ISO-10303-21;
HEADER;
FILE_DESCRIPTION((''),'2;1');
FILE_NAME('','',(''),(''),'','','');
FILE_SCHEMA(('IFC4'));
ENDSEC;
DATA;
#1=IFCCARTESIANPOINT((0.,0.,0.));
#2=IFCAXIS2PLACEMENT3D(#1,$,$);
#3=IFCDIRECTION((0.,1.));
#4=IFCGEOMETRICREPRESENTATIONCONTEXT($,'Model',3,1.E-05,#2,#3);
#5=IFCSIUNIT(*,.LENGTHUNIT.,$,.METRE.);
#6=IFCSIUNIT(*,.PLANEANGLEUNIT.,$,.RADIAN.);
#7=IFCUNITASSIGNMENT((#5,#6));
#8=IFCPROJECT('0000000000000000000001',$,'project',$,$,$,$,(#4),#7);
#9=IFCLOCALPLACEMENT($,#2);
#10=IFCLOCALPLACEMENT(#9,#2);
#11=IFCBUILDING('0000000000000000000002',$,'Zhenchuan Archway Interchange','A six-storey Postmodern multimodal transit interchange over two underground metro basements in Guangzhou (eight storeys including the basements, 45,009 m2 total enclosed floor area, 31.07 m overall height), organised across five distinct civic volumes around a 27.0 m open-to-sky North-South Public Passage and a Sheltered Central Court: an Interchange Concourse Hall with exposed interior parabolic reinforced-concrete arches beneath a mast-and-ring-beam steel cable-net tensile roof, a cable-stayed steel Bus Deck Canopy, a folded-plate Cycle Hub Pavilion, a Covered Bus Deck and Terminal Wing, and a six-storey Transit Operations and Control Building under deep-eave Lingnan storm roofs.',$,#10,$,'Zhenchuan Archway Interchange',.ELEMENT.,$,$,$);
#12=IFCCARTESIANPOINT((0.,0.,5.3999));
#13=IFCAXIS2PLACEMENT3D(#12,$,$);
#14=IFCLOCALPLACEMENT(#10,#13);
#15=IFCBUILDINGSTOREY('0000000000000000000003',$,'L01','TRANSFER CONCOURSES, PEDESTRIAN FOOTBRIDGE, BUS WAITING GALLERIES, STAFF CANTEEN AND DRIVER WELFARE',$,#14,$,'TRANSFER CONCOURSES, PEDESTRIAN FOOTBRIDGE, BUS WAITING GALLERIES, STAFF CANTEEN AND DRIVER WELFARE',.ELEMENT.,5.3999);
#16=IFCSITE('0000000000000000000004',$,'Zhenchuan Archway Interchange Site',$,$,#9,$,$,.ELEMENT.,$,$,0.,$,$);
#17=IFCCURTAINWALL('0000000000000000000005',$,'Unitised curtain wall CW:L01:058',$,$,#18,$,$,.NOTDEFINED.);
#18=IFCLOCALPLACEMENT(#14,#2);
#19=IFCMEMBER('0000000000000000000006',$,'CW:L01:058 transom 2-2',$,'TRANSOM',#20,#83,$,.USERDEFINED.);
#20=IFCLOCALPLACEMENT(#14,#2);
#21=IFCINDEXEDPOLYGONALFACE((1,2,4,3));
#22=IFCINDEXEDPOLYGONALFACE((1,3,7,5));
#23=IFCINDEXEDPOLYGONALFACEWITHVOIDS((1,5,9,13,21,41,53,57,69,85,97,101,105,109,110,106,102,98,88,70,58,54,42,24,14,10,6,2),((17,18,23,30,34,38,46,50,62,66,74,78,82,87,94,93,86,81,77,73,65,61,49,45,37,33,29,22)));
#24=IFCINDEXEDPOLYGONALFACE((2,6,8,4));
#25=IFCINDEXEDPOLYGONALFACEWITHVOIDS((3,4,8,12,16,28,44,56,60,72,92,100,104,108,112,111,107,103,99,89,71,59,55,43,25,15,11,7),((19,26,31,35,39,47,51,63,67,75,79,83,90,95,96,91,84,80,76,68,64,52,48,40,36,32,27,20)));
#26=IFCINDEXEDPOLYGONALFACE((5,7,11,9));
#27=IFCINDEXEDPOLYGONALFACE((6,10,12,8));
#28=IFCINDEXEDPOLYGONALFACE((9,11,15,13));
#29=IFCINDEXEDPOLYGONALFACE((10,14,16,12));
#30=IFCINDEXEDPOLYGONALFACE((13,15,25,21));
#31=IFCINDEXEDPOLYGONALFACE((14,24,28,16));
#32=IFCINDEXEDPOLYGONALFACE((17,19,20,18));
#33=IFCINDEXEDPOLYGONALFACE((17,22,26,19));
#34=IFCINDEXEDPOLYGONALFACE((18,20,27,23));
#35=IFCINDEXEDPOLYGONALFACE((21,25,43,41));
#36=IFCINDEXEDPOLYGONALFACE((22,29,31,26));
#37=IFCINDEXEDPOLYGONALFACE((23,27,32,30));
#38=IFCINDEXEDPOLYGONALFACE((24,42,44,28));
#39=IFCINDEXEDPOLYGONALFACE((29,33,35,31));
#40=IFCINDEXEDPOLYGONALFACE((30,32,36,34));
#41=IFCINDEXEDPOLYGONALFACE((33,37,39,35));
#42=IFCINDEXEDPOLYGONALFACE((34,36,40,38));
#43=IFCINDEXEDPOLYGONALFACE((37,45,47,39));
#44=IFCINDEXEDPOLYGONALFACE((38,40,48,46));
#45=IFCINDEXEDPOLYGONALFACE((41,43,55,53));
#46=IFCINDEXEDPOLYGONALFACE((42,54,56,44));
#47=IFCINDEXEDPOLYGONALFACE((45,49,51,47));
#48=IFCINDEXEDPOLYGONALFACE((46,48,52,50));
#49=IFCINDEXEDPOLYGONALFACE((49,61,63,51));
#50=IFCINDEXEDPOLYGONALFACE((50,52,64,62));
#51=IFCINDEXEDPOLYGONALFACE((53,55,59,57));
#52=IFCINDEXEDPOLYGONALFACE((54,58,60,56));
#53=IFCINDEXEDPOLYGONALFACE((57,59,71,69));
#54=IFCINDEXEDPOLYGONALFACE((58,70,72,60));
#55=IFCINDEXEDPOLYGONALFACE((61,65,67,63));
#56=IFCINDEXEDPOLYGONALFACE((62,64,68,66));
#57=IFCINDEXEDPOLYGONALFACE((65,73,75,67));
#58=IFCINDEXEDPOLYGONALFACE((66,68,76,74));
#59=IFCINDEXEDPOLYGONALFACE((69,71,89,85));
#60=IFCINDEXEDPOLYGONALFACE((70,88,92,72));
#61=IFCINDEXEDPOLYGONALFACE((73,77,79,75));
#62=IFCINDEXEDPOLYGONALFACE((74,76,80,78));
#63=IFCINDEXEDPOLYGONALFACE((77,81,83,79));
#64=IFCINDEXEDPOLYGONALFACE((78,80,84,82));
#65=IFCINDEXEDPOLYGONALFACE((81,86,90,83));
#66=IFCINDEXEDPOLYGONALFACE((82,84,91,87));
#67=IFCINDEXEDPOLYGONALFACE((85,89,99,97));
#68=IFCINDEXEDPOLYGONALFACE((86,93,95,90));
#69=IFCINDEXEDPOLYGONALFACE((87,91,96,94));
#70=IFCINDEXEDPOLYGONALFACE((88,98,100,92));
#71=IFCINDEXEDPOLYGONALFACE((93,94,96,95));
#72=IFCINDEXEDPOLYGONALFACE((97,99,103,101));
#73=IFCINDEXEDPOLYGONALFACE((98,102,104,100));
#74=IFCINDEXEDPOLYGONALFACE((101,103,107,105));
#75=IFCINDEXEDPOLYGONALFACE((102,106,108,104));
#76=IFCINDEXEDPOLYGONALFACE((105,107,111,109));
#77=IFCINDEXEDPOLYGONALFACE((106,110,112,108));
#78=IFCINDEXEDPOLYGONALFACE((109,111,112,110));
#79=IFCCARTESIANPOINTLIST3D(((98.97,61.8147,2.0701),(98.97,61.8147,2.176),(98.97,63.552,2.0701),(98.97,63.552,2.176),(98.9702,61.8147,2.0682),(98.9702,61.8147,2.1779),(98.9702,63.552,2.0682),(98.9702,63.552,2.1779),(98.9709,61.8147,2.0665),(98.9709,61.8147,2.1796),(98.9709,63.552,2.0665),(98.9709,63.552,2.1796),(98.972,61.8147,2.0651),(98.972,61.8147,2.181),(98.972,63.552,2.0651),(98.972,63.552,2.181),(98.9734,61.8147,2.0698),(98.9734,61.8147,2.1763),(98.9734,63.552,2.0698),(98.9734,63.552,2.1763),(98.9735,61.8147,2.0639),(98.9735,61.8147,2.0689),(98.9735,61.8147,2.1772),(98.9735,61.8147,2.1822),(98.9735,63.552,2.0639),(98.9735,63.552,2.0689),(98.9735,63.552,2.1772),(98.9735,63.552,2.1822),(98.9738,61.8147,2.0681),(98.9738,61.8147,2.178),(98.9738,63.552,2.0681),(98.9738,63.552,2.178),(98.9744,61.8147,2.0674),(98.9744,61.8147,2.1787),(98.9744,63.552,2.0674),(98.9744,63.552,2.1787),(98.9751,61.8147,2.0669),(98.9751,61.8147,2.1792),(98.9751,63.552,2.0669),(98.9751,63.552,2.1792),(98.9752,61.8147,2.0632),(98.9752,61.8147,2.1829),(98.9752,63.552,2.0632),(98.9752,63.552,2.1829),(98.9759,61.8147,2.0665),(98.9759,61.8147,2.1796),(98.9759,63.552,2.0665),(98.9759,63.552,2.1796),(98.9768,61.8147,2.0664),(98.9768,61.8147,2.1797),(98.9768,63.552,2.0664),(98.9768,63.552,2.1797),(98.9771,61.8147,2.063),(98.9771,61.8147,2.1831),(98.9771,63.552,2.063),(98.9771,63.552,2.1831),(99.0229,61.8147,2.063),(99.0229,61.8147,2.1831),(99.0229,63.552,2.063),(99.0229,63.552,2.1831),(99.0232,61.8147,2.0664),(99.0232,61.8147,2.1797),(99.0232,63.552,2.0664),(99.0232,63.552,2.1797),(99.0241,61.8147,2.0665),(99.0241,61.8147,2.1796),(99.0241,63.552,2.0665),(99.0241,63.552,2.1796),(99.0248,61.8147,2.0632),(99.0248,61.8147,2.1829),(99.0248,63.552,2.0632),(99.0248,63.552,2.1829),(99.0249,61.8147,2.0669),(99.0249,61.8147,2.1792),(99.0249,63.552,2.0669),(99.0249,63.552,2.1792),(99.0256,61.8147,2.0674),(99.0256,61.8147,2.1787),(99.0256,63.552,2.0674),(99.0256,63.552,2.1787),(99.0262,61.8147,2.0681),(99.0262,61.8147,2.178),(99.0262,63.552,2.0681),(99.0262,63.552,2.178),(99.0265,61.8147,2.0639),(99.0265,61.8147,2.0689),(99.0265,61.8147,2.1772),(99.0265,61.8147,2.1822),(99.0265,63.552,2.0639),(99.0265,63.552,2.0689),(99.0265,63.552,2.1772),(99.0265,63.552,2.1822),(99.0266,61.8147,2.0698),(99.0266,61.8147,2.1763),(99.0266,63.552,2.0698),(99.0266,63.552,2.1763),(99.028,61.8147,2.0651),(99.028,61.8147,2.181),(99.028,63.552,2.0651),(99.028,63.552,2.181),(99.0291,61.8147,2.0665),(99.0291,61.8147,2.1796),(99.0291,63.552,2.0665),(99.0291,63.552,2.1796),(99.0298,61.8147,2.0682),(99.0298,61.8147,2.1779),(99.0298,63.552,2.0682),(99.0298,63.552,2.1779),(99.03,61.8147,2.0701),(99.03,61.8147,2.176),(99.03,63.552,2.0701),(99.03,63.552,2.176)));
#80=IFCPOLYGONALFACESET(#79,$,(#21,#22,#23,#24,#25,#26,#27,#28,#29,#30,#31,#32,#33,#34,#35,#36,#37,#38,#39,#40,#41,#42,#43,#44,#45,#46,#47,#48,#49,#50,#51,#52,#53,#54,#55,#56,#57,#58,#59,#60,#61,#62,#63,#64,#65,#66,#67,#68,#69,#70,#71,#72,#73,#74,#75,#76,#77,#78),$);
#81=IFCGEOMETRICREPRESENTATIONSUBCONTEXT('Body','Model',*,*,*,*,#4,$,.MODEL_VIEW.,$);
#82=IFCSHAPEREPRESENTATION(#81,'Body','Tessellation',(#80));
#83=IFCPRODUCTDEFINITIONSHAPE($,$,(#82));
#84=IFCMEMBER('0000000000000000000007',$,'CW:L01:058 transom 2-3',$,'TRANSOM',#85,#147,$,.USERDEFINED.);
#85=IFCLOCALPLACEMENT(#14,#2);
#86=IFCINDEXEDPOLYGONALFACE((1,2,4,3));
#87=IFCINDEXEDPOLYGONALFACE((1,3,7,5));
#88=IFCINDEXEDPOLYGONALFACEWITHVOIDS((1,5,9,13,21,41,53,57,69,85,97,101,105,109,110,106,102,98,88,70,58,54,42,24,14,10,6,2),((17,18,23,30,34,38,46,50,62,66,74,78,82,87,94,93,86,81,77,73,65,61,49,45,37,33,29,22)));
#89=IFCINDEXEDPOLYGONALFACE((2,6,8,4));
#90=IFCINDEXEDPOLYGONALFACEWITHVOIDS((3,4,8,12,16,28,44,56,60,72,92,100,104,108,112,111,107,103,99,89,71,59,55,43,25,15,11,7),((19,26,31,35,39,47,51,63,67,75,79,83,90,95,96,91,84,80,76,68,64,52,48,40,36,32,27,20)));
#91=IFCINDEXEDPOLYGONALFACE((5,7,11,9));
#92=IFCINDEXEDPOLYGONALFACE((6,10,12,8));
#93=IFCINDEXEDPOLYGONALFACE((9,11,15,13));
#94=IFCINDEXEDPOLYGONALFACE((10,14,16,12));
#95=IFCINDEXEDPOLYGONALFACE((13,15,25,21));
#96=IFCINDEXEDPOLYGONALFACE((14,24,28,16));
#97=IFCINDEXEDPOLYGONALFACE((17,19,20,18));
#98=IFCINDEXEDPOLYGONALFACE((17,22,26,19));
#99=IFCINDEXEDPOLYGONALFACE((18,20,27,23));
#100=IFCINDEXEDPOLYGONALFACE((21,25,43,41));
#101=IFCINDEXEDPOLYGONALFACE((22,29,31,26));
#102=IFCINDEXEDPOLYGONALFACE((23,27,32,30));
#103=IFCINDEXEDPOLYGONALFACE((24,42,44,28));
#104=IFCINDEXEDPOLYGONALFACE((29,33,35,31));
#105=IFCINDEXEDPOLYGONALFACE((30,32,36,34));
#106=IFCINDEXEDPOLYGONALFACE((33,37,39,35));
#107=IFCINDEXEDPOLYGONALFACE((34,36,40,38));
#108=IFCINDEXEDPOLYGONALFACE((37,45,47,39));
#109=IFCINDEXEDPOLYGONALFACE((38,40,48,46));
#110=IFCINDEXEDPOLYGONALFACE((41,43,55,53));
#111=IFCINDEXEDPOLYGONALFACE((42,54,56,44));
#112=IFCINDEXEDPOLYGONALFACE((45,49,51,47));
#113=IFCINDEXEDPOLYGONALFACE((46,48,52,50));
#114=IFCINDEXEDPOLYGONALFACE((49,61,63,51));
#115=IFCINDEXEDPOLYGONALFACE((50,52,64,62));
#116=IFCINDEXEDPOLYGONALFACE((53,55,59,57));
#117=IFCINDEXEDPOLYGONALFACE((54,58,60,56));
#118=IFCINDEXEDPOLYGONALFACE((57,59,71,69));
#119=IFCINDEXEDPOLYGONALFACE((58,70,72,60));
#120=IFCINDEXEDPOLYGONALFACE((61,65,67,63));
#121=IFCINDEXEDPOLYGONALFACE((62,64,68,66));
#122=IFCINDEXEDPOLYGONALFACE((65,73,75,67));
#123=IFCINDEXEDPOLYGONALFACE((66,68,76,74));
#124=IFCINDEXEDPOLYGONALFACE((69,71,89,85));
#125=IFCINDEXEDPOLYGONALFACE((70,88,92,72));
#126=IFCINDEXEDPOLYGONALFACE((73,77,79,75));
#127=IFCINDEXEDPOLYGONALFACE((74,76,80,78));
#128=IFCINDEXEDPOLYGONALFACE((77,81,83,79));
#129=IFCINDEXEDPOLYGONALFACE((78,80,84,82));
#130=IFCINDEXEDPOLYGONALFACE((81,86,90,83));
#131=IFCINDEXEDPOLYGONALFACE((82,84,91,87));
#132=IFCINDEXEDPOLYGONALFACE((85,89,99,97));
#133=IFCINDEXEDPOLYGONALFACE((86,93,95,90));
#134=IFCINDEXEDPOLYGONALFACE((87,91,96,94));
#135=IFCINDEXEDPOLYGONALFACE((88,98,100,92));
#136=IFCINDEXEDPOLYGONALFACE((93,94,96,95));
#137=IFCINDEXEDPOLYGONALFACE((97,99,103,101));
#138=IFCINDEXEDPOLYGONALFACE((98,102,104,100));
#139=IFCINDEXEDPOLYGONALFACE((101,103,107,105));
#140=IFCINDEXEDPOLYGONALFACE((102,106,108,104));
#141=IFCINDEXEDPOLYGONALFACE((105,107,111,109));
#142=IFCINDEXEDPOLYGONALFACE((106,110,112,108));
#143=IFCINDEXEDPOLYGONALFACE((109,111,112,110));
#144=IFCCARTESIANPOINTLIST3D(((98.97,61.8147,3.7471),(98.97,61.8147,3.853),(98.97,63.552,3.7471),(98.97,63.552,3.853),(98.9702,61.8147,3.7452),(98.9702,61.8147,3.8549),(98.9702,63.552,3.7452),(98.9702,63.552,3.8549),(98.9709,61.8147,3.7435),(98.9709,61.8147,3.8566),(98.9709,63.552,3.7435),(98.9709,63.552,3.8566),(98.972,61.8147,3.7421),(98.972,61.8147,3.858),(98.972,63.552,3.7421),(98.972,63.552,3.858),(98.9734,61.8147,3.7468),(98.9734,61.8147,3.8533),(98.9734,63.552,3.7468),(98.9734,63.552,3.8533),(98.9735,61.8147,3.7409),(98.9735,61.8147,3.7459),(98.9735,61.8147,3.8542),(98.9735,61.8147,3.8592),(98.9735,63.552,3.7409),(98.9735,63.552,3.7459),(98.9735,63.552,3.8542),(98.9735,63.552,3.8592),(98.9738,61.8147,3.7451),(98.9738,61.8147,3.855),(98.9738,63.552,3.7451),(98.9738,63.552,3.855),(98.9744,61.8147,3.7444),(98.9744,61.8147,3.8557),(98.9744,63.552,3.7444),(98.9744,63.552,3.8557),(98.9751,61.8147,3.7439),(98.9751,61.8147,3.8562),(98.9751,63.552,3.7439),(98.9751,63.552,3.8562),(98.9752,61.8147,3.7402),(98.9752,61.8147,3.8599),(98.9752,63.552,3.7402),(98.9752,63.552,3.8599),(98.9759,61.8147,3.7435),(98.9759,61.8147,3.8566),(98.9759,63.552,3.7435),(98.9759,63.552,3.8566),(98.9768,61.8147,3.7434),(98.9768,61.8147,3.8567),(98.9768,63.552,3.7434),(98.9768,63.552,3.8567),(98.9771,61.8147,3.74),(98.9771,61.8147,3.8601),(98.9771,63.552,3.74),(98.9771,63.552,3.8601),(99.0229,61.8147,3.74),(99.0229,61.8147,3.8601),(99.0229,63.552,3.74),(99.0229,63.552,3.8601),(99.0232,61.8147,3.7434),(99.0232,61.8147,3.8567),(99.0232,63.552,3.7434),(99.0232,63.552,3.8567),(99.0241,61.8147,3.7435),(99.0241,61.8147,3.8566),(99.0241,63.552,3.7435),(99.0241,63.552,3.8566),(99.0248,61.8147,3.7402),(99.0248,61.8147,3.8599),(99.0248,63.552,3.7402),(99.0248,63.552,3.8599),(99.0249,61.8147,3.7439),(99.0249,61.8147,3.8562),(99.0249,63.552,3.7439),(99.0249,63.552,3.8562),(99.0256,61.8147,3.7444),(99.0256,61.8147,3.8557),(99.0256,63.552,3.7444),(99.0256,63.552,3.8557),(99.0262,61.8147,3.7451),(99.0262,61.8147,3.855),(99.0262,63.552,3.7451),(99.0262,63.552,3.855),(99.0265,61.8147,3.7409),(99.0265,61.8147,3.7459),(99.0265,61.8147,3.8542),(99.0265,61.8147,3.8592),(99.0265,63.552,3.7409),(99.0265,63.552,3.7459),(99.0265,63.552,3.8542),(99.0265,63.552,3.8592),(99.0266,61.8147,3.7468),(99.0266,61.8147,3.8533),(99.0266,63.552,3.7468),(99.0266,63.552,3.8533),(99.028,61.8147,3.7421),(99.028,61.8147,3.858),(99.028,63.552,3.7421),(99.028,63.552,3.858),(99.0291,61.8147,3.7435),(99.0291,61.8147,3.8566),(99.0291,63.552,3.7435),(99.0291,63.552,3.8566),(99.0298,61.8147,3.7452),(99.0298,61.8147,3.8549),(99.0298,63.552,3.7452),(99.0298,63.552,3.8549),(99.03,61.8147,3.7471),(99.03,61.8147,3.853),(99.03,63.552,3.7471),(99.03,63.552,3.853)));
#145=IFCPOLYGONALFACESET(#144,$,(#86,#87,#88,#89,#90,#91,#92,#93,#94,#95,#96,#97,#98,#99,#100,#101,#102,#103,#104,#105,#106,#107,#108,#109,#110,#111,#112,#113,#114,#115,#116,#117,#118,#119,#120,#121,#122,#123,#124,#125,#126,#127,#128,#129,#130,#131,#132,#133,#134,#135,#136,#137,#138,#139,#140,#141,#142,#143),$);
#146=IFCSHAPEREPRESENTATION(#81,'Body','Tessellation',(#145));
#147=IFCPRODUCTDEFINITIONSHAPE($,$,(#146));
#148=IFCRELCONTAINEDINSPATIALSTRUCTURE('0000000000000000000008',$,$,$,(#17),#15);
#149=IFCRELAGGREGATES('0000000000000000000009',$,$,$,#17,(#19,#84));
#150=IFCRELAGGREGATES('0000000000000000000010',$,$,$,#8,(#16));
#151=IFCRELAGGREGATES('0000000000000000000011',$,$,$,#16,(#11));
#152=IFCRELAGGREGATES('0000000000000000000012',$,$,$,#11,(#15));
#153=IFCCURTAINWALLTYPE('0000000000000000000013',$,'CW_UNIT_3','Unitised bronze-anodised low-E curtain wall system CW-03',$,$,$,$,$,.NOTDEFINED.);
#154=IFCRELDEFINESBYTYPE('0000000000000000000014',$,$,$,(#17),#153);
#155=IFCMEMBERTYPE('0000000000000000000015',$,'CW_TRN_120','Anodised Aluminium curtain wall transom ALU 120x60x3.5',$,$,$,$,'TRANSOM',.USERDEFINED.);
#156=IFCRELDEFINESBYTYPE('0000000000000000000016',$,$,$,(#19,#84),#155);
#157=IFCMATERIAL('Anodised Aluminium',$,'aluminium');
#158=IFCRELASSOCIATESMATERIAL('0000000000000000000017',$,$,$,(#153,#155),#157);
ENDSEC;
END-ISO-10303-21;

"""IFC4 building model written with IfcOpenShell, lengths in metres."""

from ifc_helpers import new_model, si_unit, direction, frame, origin, origin_2d, place, context, subcontext, project, spatial, hollow_rectangle, extrude, material, material_profile, profile_set, type_object, element, aggregate, save


model = new_model("IFC4")

# Units and contexts
model_context = context("Model", 3, precision=1e-05, world=origin(), true_north=direction((0.0, 1.0)))
body_context = subcontext(model_context, "Body", "Model", "MODEL_VIEW")
ifc_project = project(units=[si_unit("LENGTHUNIT", "METRE"), si_unit("PLANEANGLEUNIT", "RADIAN")], contexts=[model_context])

# Site, building, storey
site_placement = place(None, origin())
site = spatial("IfcSite", under=ifc_project, at=site_placement, Name="Zhenchuan Archway Interchange Site", CompositionType="ELEMENT", RefElevation=0.0)
building_placement = place(site_placement, origin())
building = spatial("IfcBuilding", under=site, at=building_placement, Name="Zhenchuan Archway Interchange", Description="A six-storey Postmodern multimodal transit interchange over two underground metro basements in Guangzhou (eight storeys including the basements, 45,009 m2 total enclosed floor area, 31.07 m overall height), organised across five distinct civic volumes around a 27.0 m open-to-sky North-South Public Passage and a Sheltered Central Court: an Interchange Concourse Hall with exposed interior parabolic reinforced-concrete arches beneath a mast-and-ring-beam steel cable-net tensile roof, a cable-stayed steel Bus Deck Canopy, a folded-plate Cycle Hub Pavilion, a Covered Bus Deck and Terminal Wing, and a six-storey Transit Operations and Control Building under deep-eave Lingnan storm roofs.", LongName="Zhenchuan Archway Interchange", CompositionType="ELEMENT")
storey_placement = place(building_placement, frame((0.0, 0.0, 5.3999)))
storey = spatial("IfcBuildingStorey", under=building, at=storey_placement, Name="L01", Description="TRANSFER CONCOURSES, PEDESTRIAN FOOTBRIDGE, BUS WAITING GALLERIES, STAFF CANTEEN AND DRIVER WELFARE", LongName="TRANSFER CONCOURSES, PEDESTRIAN FOOTBRIDGE, BUS WAITING GALLERIES, STAFF CANTEEN AND DRIVER WELFARE", CompositionType="ELEMENT", Elevation=5.3999)

# Curtain wall
ifc_material_1 = material(Name="Anodised Aluminium", Category="aluminium")
curtain_wall_type_1 = type_object("IfcCurtainWallType", Name="CW_UNIT_3", Description="Unitised bronze-anodised low-E curtain wall system CW-03", PredefinedType="NOTDEFINED", material=ifc_material_1)
curtain_wall_1_placement = place(storey_placement, origin())
curtain_wall_1 = element("IfcCurtainWall", 1, at=curtain_wall_1_placement, inside=storey, type_object=curtain_wall_type_1, Name="Unitised curtain wall CW:L01:058", PredefinedType="NOTDEFINED")

# Members
ifc_material_profile_1 = material_profile(ifc_material_1, hollow_rectangle(XDim=0.0601, YDim=0.1201, WallThickness=0.0034, InnerFilletRadius=0.0034, OuterFilletRadius=0.0071, at=origin_2d()), Name="ALU 120x60x3.5")
ifc_profile_set_1 = profile_set([ifc_material_profile_1], Name="Anodised Aluminium")
member_type_1 = type_object("IfcMemberType", Name="CW_TRN_120", Description="Anodised Aluminium curtain wall transom ALU 120x60x3.5", ElementType="TRANSOM", PredefinedType="USERDEFINED", material=ifc_profile_set_1)
member_1_placement = place(storey_placement, frame((99.0, 61.8147, 2.123), z_axis=(0.0, 1.0, 0.0), x_axis=(-1.0, 0.0, 0.0)))
member_1 = element("IfcMember", 2, at=member_1_placement, type_object=member_type_1, Name="CW:L01:058 transom 2-2", ObjectType="TRANSOM", PredefinedType="USERDEFINED", context=body_context, shape_type="SweptSolid", body=[
    extrude(hollow_rectangle(XDim=0.0601, YDim=0.1201, WallThickness=0.0034, InnerFilletRadius=0.0034, OuterFilletRadius=0.0071, at=origin_2d()), origin(), (0.0, 0.0, 1.0), 1.7373),
])
member_2_placement = place(storey_placement, frame((99.0, 61.8147, 3.8), z_axis=(0.0, 1.0, 0.0), x_axis=(-1.0, 0.0, 0.0)))
member_2 = element("IfcMember", 3, at=member_2_placement, type_object=member_type_1, Name="CW:L01:058 transom 2-3", ObjectType="TRANSOM", PredefinedType="USERDEFINED", context=body_context, shape_type="SweptSolid", body=[
    extrude(hollow_rectangle(XDim=0.0601, YDim=0.1201, WallThickness=0.0034, InnerFilletRadius=0.0034, OuterFilletRadius=0.0071, at=origin_2d()), origin(), (0.0, 0.0, 1.0), 1.7373),
])

aggregate(curtain_wall_1, [member_1, member_2])

save(model, "model.ifc")
